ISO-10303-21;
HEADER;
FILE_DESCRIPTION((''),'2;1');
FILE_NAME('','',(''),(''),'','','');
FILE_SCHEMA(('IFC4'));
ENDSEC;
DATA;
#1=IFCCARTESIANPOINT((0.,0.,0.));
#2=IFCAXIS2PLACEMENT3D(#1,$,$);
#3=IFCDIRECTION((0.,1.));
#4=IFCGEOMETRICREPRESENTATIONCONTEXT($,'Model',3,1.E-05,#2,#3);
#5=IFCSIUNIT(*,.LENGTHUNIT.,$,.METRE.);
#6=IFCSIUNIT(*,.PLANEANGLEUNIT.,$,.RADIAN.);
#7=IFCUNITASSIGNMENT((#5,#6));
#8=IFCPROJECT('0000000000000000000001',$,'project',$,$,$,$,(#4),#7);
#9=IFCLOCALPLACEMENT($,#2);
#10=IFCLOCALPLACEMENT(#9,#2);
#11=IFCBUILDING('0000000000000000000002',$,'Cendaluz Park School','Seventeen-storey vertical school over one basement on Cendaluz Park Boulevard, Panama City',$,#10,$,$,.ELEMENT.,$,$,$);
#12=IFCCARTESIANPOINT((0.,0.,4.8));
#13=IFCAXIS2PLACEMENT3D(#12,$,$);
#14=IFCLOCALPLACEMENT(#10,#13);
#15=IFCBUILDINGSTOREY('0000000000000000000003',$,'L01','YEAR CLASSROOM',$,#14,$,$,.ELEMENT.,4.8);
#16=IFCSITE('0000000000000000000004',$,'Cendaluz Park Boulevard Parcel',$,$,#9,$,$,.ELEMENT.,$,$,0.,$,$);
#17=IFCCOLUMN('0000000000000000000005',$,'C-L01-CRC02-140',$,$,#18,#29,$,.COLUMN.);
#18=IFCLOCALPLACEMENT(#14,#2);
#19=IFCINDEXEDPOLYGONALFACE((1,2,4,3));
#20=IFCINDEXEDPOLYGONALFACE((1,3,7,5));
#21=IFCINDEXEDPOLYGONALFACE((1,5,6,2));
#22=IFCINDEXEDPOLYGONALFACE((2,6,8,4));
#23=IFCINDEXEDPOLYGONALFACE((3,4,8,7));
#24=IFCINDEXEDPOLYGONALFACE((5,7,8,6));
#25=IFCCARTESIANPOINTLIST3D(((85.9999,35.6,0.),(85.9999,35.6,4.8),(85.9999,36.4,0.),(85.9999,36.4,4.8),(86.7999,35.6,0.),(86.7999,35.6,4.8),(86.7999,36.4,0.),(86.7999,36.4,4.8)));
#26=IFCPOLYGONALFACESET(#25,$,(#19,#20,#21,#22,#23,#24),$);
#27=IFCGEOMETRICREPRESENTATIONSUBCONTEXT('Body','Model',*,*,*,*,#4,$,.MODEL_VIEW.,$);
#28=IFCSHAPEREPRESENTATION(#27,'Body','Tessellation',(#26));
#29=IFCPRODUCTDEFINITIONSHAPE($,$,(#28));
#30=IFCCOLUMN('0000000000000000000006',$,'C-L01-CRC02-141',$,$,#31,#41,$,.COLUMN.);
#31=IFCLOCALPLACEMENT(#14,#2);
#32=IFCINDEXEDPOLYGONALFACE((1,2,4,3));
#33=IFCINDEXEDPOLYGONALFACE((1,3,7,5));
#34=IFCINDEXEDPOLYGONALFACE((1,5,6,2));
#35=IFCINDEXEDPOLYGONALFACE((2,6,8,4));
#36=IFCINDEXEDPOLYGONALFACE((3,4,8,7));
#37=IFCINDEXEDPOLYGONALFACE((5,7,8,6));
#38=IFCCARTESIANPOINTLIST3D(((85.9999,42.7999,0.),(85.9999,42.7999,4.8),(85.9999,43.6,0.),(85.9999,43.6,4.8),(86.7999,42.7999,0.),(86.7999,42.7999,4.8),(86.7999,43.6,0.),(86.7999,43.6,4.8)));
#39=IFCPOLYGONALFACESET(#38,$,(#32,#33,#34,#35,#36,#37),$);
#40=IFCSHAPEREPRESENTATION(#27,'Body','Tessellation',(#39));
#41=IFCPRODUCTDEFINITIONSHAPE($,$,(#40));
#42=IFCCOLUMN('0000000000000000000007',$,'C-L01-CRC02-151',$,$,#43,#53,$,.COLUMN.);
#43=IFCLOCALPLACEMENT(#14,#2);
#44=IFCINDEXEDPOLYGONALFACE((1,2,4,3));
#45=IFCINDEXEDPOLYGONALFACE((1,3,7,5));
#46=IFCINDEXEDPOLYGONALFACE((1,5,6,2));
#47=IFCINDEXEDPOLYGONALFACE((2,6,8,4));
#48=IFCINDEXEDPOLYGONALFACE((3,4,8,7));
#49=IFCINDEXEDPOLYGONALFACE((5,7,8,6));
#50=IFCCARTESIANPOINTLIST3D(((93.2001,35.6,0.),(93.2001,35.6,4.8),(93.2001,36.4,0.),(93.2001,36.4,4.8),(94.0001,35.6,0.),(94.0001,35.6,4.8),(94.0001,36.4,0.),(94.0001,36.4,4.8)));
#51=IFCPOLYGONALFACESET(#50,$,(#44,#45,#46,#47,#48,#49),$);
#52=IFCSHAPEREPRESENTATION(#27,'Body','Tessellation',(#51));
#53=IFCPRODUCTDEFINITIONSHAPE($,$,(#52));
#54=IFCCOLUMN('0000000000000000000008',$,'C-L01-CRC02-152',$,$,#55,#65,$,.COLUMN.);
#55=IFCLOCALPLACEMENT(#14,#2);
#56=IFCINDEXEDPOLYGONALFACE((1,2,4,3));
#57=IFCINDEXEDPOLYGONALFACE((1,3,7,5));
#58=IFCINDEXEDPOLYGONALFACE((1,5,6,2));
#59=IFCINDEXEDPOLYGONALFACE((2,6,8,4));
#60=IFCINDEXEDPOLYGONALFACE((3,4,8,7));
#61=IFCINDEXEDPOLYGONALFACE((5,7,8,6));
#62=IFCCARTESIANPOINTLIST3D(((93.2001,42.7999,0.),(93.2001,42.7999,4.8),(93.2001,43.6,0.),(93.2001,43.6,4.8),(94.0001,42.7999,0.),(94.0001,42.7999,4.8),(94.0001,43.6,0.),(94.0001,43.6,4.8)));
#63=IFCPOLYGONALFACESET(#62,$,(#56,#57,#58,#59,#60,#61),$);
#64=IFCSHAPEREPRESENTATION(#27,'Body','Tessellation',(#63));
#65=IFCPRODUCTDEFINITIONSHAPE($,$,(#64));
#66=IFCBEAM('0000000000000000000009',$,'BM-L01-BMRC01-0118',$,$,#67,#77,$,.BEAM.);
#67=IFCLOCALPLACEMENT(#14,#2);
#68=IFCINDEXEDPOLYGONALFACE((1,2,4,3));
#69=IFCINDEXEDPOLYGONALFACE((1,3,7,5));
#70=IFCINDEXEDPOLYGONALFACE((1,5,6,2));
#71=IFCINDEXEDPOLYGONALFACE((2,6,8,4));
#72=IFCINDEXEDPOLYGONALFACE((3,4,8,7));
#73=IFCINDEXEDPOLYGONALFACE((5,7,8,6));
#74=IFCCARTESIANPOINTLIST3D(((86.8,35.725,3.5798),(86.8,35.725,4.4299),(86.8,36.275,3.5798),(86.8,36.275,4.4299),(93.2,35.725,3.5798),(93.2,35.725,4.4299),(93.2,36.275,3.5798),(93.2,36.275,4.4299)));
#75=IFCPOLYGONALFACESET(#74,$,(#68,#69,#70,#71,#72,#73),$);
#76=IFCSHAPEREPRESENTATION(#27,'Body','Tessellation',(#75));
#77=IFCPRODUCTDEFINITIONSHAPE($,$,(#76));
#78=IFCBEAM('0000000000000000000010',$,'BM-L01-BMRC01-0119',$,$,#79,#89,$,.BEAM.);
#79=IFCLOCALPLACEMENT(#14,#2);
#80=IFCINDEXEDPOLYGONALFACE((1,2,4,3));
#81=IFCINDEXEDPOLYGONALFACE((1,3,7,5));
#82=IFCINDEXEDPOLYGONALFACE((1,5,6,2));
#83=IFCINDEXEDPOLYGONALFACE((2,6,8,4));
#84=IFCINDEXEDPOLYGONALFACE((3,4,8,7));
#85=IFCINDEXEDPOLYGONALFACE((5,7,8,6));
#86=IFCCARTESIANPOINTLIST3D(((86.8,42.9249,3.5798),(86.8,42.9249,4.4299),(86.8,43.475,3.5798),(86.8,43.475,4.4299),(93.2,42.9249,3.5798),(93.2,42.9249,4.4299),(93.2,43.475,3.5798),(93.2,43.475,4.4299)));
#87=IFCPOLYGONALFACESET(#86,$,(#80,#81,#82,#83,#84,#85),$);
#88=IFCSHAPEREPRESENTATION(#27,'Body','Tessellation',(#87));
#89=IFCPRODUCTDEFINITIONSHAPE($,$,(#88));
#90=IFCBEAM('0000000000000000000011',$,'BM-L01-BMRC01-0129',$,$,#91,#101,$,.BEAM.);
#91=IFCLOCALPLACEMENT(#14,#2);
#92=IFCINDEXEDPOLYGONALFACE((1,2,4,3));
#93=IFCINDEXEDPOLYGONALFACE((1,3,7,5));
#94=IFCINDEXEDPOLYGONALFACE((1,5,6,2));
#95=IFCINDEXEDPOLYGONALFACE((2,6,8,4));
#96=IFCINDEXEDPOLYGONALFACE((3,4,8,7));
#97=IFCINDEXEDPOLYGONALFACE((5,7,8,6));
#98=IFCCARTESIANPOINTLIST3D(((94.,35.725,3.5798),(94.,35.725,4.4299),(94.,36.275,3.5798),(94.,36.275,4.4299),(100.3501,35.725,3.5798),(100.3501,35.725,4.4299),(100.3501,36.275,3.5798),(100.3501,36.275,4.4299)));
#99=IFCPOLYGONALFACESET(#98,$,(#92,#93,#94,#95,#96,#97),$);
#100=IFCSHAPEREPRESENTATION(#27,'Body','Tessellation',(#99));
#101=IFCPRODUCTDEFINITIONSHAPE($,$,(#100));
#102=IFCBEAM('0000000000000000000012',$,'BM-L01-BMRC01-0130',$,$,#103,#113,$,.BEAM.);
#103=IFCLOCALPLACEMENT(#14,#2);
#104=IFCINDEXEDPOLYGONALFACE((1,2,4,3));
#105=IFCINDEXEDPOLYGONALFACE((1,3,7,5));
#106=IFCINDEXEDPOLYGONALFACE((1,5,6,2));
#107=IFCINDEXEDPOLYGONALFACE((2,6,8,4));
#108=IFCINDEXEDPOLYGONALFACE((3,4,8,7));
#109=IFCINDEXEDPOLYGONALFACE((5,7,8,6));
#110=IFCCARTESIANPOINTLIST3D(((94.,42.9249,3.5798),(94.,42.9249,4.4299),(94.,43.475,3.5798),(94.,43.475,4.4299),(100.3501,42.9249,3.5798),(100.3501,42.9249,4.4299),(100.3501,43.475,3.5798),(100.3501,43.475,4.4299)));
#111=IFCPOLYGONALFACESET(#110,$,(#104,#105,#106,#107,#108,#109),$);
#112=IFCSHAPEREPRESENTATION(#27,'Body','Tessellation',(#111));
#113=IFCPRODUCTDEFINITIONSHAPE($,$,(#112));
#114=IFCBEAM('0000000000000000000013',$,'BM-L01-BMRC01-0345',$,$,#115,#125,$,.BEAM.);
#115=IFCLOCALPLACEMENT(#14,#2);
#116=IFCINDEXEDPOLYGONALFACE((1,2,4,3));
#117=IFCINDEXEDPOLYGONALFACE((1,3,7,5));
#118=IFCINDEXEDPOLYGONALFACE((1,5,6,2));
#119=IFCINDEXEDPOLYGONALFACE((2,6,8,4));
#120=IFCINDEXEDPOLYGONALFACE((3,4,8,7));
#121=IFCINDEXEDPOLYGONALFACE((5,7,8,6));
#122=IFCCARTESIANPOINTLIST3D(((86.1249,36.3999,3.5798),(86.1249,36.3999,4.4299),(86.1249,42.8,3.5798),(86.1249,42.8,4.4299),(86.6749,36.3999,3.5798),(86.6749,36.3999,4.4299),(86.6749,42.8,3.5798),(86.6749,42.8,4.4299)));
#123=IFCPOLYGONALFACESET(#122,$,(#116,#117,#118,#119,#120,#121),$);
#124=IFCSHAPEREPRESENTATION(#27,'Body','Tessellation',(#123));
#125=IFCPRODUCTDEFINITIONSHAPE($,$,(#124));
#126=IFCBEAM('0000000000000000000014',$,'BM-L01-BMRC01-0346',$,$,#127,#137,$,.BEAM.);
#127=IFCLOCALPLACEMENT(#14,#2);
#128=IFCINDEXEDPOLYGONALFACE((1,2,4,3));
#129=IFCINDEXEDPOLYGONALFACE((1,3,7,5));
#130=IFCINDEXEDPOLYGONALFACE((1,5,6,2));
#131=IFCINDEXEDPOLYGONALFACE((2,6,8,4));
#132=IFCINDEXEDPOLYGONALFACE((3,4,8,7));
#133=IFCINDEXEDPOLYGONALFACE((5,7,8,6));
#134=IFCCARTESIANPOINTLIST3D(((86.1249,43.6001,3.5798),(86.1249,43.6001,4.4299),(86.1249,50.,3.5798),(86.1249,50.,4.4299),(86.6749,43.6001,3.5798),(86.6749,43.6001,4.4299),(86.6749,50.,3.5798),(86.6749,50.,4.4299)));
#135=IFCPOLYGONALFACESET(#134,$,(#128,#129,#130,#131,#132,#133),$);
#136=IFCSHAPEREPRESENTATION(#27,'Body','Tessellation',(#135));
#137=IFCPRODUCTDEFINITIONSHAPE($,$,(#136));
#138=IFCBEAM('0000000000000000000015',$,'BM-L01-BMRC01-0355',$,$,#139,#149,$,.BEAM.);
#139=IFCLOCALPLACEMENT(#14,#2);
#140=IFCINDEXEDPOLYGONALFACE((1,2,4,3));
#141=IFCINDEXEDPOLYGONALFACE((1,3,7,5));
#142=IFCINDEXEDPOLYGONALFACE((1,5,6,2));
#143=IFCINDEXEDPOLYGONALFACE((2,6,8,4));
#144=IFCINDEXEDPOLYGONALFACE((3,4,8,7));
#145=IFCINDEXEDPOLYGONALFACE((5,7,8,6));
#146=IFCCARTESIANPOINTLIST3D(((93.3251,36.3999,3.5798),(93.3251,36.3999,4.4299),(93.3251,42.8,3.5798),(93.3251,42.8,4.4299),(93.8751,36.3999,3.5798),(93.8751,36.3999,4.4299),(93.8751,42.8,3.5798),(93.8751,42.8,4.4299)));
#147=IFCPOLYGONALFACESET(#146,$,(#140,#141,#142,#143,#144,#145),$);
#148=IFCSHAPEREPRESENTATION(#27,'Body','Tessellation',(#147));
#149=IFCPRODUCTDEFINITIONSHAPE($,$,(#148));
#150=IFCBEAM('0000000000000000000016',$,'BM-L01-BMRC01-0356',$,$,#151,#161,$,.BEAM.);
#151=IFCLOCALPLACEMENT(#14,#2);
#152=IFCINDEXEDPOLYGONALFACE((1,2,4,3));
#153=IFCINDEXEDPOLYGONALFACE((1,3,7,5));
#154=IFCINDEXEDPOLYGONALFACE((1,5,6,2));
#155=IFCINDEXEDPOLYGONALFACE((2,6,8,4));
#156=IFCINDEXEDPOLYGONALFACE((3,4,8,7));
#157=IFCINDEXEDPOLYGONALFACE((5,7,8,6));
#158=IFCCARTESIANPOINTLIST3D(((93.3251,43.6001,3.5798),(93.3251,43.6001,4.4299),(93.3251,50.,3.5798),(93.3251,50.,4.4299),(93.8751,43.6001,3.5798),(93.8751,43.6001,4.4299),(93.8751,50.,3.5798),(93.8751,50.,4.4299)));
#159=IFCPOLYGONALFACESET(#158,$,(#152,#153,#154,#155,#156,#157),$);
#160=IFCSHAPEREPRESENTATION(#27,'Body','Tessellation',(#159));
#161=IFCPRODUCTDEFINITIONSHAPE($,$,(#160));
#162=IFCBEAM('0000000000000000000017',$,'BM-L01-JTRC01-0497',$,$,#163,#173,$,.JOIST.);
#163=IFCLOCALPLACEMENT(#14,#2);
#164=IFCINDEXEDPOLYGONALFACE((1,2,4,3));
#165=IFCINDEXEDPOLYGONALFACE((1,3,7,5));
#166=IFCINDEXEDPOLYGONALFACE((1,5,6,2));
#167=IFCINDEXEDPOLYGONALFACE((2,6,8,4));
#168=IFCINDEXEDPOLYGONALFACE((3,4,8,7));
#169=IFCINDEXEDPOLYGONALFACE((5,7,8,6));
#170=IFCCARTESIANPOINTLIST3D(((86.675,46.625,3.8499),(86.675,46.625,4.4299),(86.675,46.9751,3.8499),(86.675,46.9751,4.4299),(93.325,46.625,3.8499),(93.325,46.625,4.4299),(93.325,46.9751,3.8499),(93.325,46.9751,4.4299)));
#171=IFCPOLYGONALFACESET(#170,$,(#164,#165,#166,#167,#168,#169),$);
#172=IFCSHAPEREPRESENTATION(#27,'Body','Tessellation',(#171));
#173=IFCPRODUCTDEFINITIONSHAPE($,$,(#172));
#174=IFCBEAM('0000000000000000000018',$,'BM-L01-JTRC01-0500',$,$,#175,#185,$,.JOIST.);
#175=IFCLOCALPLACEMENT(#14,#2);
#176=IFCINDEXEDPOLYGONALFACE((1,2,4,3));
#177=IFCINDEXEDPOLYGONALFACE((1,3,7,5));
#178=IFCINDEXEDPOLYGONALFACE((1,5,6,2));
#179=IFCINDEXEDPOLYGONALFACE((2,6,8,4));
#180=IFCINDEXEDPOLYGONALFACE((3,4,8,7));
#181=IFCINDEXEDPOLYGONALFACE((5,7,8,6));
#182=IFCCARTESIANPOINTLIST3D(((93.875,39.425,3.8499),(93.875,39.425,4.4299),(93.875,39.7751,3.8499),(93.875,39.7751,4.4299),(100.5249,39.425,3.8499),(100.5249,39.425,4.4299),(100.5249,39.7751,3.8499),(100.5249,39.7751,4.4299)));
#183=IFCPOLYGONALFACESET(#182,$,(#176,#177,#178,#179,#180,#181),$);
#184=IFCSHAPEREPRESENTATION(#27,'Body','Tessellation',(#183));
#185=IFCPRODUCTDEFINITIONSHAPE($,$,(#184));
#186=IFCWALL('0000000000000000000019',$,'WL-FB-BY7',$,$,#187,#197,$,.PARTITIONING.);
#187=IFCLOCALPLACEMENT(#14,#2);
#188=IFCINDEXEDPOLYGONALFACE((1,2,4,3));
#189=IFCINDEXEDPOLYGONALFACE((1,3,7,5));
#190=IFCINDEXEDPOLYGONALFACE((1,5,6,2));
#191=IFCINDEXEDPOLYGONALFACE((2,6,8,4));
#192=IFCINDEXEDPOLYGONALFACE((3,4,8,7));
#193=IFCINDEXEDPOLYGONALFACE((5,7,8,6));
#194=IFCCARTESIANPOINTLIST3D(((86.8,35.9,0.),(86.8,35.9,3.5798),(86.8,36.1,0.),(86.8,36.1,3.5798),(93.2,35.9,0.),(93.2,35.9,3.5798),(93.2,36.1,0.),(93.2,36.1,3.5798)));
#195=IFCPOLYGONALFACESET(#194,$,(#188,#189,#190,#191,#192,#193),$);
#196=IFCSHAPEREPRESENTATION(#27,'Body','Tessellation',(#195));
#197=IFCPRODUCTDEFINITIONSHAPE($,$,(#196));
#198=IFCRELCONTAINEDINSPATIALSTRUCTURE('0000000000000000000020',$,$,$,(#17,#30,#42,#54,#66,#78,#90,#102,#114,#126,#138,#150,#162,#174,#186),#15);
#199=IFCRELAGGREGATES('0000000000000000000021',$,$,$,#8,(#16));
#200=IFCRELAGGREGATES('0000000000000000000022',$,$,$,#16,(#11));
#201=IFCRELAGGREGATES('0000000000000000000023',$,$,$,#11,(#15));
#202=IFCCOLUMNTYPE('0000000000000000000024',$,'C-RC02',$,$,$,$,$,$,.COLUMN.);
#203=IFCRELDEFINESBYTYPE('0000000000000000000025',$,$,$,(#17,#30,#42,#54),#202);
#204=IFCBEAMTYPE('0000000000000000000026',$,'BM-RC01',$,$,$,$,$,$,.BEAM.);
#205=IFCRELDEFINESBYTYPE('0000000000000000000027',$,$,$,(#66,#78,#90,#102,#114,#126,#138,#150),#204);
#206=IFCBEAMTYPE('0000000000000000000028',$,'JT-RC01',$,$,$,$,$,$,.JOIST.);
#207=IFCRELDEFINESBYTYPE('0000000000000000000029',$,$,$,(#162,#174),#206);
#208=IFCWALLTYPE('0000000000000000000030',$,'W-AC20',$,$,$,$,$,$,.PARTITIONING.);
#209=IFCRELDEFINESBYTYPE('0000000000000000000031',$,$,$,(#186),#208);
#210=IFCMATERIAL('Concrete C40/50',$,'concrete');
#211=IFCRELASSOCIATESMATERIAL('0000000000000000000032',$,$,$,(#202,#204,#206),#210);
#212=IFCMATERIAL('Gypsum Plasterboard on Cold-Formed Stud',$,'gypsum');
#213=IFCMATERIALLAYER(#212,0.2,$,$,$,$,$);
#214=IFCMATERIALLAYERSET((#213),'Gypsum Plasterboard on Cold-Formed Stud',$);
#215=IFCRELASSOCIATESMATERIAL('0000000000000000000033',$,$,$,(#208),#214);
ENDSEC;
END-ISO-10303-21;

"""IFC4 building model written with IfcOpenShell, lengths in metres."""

from ifc_helpers import new_model, si_unit, direction, frame, frame_2d, origin, origin_2d, place, context, subcontext, project, spatial, rectangle, extrude, material, layer, layer_set, material_profile, profile_set, type_object, element, save


model = new_model("IFC4")

# Units and contexts
model_context = context("Model", 3, precision=1e-05, world=origin(), true_north=direction((0.0, 1.0)))
body_context = subcontext(model_context, "Body", "Model", "MODEL_VIEW")
ifc_project = project(units=[si_unit("LENGTHUNIT", "METRE"), si_unit("PLANEANGLEUNIT", "RADIAN")], contexts=[model_context])

# Site, building, storey
site_placement = place(None, origin())
site = spatial("IfcSite", under=ifc_project, at=site_placement, Name="Cendaluz Park Boulevard Parcel", CompositionType="ELEMENT", RefElevation=0.0)
building_placement = place(site_placement, origin())
building = spatial("IfcBuilding", under=site, at=building_placement, Name="Cendaluz Park School", Description="Seventeen-storey vertical school over one basement on Cendaluz Park Boulevard, Panama City", CompositionType="ELEMENT")
storey_placement = place(building_placement, frame((0.0, 0.0, 4.8)))
storey = spatial("IfcBuildingStorey", under=building, at=storey_placement, Name="L01", Description="YEAR CLASSROOM", CompositionType="ELEMENT", Elevation=4.8)

# Columns
ifc_material_1 = material(Name="Concrete C40/50", Category="concrete")
ifc_material_profile_1 = material_profile(ifc_material_1, rectangle(XDim=0.8, YDim=0.8, at=origin_2d()), Name="RC 800x800", Category="concrete")
ifc_profile_set_1 = profile_set([ifc_material_profile_1], Name="Concrete C40/50")
column_type = type_object("IfcColumnType", Name="C-RC02", PredefinedType="COLUMN", material=ifc_profile_set_1)
for number, where, z_axis, x_axis, name in (
    (1, (86.3999, 36.0, 0.0), (0.0, 0.0, 1.0), (1.0, 0.0, 0.0), "C-L01-CRC02-140"),
    (2, (86.3999, 43.2, 0.0), (0.0, 0.0, 1.0), (1.0, 0.0, 0.0), "C-L01-CRC02-141"),
    (3, (93.6001, 36.0, 0.0), (0.0, 0.0, 1.0), (1.0, 0.0, 0.0), "C-L01-CRC02-151"),
    (4, (93.6001, 43.2, 0.0), (0.0, 0.0, 1.0), (1.0, 0.0, 0.0), "C-L01-CRC02-152"),
):
    element("IfcColumn", number, at=place(storey_placement, frame(where, z_axis=z_axis, x_axis=x_axis)), inside=storey, type_object=column_type, Name=name, PredefinedType="COLUMN", context=body_context, shape_type="SweptSolid", body=[
        extrude(rectangle(XDim=0.8, YDim=0.8, at=origin_2d()), origin(), (0.0, 0.0, 1.0), 4.8),
    ])

# Beams
ifc_material_profile_2 = material_profile(ifc_material_1, rectangle(XDim=0.55, YDim=0.8501, at=origin_2d()), Name="RC 550x850", Category="concrete")
ifc_profile_set_2 = profile_set([ifc_material_profile_2], Name="Concrete C40/50")
beam_type_1 = type_object("IfcBeamType", Name="BM-RC01", PredefinedType="BEAM", material=ifc_profile_set_2)
for number, where, z_axis, x_axis, name in (
    (5, (86.8, 36.0, 4.0049), (1.0, 0.0, 0.0), (0.0, 1.0, 0.0), "BM-L01-BMRC01-0118"),
    (6, (86.8, 43.2, 4.0049), (1.0, 0.0, 0.0), (0.0, 1.0, 0.0), "BM-L01-BMRC01-0119"),
):
    element("IfcBeam", number, at=place(storey_placement, frame(where, z_axis=z_axis, x_axis=x_axis)), inside=storey, type_object=beam_type_1, Name=name, PredefinedType="BEAM", context=body_context, shape_type="SweptSolid", body=[
        extrude(rectangle(XDim=0.55, YDim=0.8501, at=origin_2d()), origin(), (0.0, 0.0, 1.0), 6.3999),
    ])
for number, where, z_axis, x_axis, name in (
    (7, (94.0, 36.0, 4.0049), (1.0, 0.0, 0.0), (0.0, 1.0, 0.0), "BM-L01-BMRC01-0129"),
    (8, (94.0, 43.2, 4.0049), (1.0, 0.0, 0.0), (0.0, 1.0, 0.0), "BM-L01-BMRC01-0130"),
):
    element("IfcBeam", number, at=place(storey_placement, frame(where, z_axis=z_axis, x_axis=x_axis)), inside=storey, type_object=beam_type_1, Name=name, PredefinedType="BEAM", context=body_context, shape_type="SweptSolid", body=[
        extrude(rectangle(XDim=0.55, YDim=0.8501, at=origin_2d()), origin(), (0.0, 0.0, 1.0), 6.3501),
    ])
beam_1_placement = place(storey_placement, frame((86.3999, 36.3999, 4.0049), z_axis=(0.0, 1.0, 0.0), x_axis=(-1.0, 0.0, 0.0)))
element("IfcBeam", 9, at=beam_1_placement, inside=storey, type_object=beam_type_1, Name="BM-L01-BMRC01-0345", PredefinedType="BEAM", context=body_context, shape_type="SweptSolid", body=[
    extrude(rectangle(XDim=0.55, YDim=0.8501, at=origin_2d()), origin(), (0.0, 0.0, 1.0), 6.4001),
])
beam_2_placement = place(storey_placement, frame((86.3999, 43.6001, 4.0049), z_axis=(0.0, 1.0, 0.0), x_axis=(-1.0, 0.0, 0.0)))
element("IfcBeam", 10, at=beam_2_placement, inside=storey, type_object=beam_type_1, Name="BM-L01-BMRC01-0346", PredefinedType="BEAM", context=body_context, shape_type="SweptSolid", body=[
    extrude(rectangle(XDim=0.55, YDim=0.8501, at=origin_2d()), origin(), (0.0, 0.0, 1.0), 6.3999),
])
beam_3_placement = place(storey_placement, frame((93.6001, 36.3999, 4.0049), z_axis=(0.0, 1.0, 0.0), x_axis=(-1.0, 0.0, 0.0)))
element("IfcBeam", 11, at=beam_3_placement, inside=storey, type_object=beam_type_1, Name="BM-L01-BMRC01-0355", PredefinedType="BEAM", context=body_context, shape_type="SweptSolid", body=[
    extrude(rectangle(XDim=0.55, YDim=0.8501, at=origin_2d()), origin(), (0.0, 0.0, 1.0), 6.4001),
])
beam_4_placement = place(storey_placement, frame((93.6001, 43.6001, 4.0049), z_axis=(0.0, 1.0, 0.0), x_axis=(-1.0, 0.0, 0.0)))
element("IfcBeam", 12, at=beam_4_placement, inside=storey, type_object=beam_type_1, Name="BM-L01-BMRC01-0356", PredefinedType="BEAM", context=body_context, shape_type="SweptSolid", body=[
    extrude(rectangle(XDim=0.55, YDim=0.8501, at=origin_2d()), origin(), (0.0, 0.0, 1.0), 6.3999),
])
ifc_material_profile_3 = material_profile(ifc_material_1, rectangle(XDim=0.3501, YDim=0.5801, at=origin_2d()), Name="RC 350x580", Category="concrete")
ifc_profile_set_3 = profile_set([ifc_material_profile_3], Name="Concrete C40/50")
beam_type_2 = type_object("IfcBeamType", Name="JT-RC01", PredefinedType="JOIST", material=ifc_profile_set_3)
for number, where, z_axis, x_axis, name in (
    (13, (86.675, 46.8, 4.1399), (1.0, 0.0, 0.0), (0.0, 1.0, 0.0), "BM-L01-JTRC01-0497"),
    (14, (93.875, 39.6001, 4.1399), (1.0, 0.0, 0.0), (0.0, 1.0, 0.0), "BM-L01-JTRC01-0500"),
):
    element("IfcBeam", number, at=place(storey_placement, frame(where, z_axis=z_axis, x_axis=x_axis)), inside=storey, type_object=beam_type_2, Name=name, PredefinedType="JOIST", context=body_context, shape_type="SweptSolid", body=[
        extrude(rectangle(XDim=0.3501, YDim=0.5801, at=origin_2d()), origin(), (0.0, 0.0, 1.0), 6.6499),
    ])

# Wall
ifc_material_2 = material(Name="Gypsum Plasterboard on Cold-Formed Stud", Category="gypsum")
ifc_layer_1 = layer(ifc_material_2, 0.2)
ifc_layer_set_1 = layer_set([ifc_layer_1], Name="Gypsum Plasterboard on Cold-Formed Stud")
wall_type_1 = type_object("IfcWallType", Name="W-AC20", PredefinedType="PARTITIONING", material=ifc_layer_set_1)
wall_1_placement = place(storey_placement, frame((86.8, 36.0, 0.0), z_axis=(0.0, 0.0, 1.0), x_axis=(1.0, 0.0, 0.0)))
element("IfcWall", 15, at=wall_1_placement, inside=storey, type_object=wall_type_1, Name="WL-FB-BY7", PredefinedType="PARTITIONING", context=body_context, shape_type="SweptSolid", body=[
    extrude(rectangle(XDim=6.3999, YDim=0.2, at=frame_2d((3.2, 0.0))), origin(), (0.0, 0.0, 1.0), 3.5798),
])

save(model, "model.ifc")
